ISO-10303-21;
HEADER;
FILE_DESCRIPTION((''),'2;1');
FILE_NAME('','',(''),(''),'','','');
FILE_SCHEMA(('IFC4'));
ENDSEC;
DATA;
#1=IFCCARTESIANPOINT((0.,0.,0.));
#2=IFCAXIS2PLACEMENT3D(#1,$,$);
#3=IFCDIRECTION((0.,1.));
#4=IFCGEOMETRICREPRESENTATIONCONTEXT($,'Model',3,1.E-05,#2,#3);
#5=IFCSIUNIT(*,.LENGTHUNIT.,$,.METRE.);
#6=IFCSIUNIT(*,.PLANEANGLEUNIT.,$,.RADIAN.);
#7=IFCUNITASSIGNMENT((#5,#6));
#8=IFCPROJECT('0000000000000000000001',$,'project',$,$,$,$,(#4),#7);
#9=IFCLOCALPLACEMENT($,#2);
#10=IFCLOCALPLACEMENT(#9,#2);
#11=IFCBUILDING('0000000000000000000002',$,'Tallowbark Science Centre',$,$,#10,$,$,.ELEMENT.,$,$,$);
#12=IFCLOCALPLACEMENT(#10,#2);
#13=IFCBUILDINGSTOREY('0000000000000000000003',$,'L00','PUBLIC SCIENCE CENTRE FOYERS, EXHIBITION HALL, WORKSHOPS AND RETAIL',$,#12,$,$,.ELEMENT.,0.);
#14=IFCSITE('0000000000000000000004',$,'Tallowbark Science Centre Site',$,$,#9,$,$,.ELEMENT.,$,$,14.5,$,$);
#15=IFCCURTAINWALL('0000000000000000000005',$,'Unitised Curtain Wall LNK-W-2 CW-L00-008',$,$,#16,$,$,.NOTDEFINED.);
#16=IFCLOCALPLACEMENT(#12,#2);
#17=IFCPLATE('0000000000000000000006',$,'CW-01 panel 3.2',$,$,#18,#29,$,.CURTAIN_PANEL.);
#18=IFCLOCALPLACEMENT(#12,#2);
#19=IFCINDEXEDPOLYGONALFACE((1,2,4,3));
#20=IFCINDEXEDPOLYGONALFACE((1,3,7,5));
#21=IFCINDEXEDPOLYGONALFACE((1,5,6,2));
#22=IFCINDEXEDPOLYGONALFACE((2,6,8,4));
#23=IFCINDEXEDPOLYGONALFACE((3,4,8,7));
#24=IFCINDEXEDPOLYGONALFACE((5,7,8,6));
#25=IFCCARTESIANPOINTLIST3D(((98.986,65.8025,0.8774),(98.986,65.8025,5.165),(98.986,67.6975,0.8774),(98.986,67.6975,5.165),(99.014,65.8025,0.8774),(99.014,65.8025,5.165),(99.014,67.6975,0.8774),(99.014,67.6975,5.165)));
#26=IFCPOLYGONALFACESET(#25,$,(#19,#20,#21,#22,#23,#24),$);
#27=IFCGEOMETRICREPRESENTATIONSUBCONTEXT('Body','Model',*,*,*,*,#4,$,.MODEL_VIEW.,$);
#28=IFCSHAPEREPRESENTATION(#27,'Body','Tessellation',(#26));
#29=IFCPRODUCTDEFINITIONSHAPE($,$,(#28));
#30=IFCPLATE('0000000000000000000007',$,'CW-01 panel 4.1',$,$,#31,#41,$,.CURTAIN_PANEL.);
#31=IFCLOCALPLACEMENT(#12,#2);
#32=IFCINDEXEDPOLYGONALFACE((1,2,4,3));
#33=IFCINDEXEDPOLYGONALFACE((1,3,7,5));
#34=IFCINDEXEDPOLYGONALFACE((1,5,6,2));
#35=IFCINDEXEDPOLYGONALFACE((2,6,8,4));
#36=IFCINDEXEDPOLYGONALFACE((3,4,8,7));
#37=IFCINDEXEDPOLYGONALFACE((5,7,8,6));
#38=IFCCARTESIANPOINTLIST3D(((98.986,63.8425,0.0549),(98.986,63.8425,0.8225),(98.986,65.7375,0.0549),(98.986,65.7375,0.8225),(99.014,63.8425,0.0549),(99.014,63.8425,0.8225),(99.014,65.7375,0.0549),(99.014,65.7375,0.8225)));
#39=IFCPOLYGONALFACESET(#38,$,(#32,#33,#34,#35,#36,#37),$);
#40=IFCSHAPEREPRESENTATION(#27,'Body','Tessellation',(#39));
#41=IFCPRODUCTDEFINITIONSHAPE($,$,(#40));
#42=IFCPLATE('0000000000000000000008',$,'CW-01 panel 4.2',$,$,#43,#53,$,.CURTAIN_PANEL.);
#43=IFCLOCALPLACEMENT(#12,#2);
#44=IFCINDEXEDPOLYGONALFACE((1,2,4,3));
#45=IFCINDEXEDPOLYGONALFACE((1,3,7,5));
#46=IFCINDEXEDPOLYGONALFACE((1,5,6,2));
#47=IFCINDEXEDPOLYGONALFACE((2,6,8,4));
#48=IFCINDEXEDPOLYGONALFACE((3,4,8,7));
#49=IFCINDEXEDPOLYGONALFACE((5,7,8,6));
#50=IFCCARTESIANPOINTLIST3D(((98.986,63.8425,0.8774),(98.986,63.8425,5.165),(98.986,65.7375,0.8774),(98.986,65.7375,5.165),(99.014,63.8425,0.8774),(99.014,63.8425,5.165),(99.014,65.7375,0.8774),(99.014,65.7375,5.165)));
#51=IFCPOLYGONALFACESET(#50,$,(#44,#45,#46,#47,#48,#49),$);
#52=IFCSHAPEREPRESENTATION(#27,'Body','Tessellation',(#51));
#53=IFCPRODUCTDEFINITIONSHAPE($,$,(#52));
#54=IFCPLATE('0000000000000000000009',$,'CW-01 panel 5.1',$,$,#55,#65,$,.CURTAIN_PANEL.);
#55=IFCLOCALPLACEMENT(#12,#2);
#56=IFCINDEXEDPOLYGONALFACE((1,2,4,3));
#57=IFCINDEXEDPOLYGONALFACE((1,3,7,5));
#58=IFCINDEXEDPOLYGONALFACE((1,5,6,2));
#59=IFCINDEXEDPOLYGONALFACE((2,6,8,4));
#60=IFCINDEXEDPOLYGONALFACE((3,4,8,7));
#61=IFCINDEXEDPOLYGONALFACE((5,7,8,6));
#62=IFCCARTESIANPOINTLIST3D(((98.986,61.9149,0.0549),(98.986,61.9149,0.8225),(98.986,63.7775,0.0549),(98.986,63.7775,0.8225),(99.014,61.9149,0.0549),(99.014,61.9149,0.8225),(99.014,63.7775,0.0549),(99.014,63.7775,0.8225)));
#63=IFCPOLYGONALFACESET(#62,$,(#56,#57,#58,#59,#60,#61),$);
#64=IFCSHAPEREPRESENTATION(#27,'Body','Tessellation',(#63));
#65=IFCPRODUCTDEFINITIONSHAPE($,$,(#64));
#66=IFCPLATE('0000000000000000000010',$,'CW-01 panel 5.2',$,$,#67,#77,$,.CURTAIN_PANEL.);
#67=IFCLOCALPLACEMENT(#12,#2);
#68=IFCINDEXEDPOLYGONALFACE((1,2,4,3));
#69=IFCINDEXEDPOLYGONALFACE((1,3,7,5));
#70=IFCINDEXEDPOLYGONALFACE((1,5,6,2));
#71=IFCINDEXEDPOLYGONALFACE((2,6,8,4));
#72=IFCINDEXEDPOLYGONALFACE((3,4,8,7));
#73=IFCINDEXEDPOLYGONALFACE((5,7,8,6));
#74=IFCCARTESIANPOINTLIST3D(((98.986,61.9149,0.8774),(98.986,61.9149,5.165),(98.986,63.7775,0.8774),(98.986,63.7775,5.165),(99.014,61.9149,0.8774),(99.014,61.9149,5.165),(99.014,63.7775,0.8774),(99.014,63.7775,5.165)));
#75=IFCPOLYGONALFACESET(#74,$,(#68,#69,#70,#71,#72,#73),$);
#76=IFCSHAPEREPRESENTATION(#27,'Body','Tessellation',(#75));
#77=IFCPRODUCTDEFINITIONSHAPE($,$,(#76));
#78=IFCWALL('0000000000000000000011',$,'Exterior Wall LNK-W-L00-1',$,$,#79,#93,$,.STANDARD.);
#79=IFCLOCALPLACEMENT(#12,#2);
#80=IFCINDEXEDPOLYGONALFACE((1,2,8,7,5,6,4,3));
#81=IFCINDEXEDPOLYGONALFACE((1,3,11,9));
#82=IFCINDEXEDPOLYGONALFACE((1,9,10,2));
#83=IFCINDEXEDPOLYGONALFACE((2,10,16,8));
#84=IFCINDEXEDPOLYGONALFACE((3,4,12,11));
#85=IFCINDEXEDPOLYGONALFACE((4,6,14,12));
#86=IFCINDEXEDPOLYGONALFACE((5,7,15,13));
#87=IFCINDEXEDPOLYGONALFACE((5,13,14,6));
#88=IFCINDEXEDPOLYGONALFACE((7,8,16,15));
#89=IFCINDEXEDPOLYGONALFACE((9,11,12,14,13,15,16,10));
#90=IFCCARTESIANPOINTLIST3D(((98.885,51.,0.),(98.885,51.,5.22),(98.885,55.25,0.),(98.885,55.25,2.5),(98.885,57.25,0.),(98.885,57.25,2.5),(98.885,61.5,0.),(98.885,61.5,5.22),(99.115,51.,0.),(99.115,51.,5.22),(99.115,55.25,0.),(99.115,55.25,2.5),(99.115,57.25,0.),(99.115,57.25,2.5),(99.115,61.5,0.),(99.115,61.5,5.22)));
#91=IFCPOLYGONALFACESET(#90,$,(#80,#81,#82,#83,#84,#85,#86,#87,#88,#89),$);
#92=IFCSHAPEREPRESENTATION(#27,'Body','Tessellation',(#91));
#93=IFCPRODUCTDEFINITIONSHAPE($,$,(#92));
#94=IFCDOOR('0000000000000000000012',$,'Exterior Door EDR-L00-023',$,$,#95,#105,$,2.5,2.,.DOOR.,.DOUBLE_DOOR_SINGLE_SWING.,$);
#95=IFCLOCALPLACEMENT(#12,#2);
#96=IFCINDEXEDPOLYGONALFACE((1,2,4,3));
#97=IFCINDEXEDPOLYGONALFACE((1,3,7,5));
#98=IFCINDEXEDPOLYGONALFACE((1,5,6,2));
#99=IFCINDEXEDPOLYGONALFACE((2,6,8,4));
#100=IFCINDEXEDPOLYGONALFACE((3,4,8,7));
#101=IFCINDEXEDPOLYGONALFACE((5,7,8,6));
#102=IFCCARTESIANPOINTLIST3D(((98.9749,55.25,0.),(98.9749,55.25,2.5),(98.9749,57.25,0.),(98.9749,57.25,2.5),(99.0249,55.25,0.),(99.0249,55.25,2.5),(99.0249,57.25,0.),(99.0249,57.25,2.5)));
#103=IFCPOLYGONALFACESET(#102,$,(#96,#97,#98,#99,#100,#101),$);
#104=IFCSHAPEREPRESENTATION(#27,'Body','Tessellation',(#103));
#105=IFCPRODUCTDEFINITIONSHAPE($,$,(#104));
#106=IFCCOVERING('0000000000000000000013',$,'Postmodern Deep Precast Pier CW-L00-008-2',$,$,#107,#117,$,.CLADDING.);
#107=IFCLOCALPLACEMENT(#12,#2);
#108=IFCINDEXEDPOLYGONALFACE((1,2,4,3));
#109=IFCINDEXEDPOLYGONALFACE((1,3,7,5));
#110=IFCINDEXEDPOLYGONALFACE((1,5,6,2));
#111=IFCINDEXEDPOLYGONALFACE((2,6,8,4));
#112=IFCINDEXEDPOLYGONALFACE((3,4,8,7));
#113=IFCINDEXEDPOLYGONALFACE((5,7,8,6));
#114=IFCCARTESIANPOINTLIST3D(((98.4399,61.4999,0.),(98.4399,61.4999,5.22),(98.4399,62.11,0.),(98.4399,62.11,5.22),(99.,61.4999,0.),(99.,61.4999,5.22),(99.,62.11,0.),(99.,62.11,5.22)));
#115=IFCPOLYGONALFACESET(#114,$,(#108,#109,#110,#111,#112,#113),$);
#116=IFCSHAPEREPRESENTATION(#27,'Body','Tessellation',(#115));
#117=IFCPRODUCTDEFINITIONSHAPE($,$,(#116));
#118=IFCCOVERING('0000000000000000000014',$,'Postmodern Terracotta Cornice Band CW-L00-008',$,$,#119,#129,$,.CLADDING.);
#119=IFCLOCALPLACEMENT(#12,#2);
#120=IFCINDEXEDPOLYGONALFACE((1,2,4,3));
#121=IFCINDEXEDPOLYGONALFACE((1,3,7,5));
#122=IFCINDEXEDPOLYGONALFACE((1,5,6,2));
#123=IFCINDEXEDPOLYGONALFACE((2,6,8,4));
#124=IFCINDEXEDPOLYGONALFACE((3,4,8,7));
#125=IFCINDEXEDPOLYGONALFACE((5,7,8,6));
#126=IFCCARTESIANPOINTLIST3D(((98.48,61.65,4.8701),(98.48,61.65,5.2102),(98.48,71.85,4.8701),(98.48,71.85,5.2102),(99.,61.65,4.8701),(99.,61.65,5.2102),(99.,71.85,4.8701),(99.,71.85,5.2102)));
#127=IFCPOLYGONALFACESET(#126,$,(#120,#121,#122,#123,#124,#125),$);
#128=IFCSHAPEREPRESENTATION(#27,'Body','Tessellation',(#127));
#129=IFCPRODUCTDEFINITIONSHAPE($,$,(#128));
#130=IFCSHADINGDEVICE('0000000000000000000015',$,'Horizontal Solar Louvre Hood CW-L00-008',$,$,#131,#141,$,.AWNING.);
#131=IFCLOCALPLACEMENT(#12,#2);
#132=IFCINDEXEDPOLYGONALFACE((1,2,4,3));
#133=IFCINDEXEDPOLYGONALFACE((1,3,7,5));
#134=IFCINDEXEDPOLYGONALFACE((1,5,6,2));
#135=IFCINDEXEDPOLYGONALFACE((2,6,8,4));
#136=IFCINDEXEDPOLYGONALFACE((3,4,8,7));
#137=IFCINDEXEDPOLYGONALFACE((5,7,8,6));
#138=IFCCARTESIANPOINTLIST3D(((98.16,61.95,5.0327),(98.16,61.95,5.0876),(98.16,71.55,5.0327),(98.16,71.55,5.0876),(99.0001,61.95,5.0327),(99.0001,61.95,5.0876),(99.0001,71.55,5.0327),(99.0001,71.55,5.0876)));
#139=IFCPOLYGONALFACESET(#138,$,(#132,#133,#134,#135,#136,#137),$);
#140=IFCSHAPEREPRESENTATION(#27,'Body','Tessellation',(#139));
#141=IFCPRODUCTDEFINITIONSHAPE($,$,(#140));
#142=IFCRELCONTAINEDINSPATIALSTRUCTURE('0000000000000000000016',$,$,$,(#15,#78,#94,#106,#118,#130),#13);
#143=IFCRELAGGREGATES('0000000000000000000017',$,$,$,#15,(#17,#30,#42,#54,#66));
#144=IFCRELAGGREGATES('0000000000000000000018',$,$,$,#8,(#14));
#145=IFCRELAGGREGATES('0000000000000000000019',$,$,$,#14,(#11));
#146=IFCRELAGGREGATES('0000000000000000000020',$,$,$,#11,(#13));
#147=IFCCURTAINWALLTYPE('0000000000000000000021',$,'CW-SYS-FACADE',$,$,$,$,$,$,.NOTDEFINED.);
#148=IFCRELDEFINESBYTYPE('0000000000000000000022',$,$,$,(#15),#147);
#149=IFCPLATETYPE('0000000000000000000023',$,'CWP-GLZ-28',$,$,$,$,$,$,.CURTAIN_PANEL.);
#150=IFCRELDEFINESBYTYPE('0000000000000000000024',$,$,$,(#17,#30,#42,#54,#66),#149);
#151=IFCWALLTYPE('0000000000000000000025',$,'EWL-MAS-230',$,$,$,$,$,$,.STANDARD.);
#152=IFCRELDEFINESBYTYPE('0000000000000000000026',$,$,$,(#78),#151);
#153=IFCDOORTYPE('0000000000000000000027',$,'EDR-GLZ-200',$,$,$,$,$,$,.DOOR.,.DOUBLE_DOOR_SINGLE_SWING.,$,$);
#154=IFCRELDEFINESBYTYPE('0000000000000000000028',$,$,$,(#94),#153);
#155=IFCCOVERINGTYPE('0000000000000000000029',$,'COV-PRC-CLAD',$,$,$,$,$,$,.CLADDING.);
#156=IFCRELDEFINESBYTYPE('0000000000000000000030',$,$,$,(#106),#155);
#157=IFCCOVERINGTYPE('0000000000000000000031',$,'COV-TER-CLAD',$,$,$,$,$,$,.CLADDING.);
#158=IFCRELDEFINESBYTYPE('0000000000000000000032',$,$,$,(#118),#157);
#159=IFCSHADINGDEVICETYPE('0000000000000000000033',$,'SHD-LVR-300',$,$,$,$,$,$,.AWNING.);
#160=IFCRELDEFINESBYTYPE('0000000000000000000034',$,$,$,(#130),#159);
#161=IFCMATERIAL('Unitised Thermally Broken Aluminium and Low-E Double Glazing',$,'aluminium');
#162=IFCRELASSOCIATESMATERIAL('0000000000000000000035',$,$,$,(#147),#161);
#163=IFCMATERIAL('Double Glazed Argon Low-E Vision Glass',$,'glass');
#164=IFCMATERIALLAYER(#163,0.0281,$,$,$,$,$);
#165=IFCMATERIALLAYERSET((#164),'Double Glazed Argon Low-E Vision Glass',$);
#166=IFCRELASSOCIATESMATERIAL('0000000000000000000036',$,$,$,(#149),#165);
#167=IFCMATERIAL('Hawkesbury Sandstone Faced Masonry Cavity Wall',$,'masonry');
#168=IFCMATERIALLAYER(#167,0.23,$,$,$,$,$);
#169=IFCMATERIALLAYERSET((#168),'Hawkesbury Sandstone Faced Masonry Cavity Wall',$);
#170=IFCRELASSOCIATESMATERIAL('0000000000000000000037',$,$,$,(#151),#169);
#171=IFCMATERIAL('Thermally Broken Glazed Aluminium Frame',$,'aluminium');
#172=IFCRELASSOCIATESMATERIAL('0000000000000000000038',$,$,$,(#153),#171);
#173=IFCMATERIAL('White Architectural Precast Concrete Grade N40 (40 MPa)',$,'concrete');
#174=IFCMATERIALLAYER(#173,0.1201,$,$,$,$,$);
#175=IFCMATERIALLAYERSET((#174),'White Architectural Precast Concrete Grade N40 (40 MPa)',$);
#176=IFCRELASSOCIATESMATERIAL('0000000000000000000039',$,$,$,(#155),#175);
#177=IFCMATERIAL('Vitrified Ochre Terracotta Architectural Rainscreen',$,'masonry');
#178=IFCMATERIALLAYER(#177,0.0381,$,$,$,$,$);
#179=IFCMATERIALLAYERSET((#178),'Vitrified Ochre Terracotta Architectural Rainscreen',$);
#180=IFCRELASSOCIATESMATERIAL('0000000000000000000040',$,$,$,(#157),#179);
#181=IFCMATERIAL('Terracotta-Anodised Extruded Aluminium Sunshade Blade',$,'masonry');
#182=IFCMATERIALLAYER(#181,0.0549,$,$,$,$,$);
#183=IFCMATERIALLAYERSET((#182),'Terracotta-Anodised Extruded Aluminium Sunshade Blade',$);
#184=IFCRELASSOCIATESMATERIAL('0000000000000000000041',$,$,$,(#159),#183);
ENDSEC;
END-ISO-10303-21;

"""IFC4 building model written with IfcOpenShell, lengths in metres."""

from ifc_helpers import new_model, si_unit, direction, frame, frame_2d, origin, origin_2d, place, context, subcontext, project, spatial, rectangle, extrude, material, layer, layer_set, type_object, element, fill, aggregate, save


model = new_model("IFC4")

# Units and contexts
model_context = context("Model", 3, precision=1e-05, world=origin(), true_north=direction((0.0, 1.0)))
body_context = subcontext(model_context, "Body", "Model", "MODEL_VIEW")
ifc_project = project(units=[si_unit("LENGTHUNIT", "METRE"), si_unit("PLANEANGLEUNIT", "RADIAN")], contexts=[model_context])

# Site, building, storey
site_placement = place(None, origin())
site = spatial("IfcSite", under=ifc_project, at=site_placement, Name="Tallowbark Science Centre Site", CompositionType="ELEMENT", RefElevation=14.5)
building_placement = place(site_placement, origin())
building = spatial("IfcBuilding", under=site, at=building_placement, Name="Tallowbark Science Centre", CompositionType="ELEMENT")
storey_placement = place(building_placement, origin())
storey = spatial("IfcBuildingStorey", under=building, at=storey_placement, Name="L00", Description="PUBLIC SCIENCE CENTRE FOYERS, EXHIBITION HALL, WORKSHOPS AND RETAIL", CompositionType="ELEMENT", Elevation=0.0)

# Curtain wall, plates
ifc_material_1 = material(Name="Unitised Thermally Broken Aluminium and Low-E Double Glazing", Category="aluminium")
curtain_wall_type = type_object("IfcCurtainWallType", Name="CW-SYS-FACADE", PredefinedType="NOTDEFINED", material=ifc_material_1)
curtain_wall_placement = place(storey_placement, origin())
curtain_wall = element("IfcCurtainWall", 1, at=curtain_wall_placement, inside=storey, type_object=curtain_wall_type, Name="Unitised Curtain Wall LNK-W-2 CW-L00-008", PredefinedType="NOTDEFINED")
ifc_material_2 = material(Name="Double Glazed Argon Low-E Vision Glass", Category="glass")
ifc_layer_1 = layer(ifc_material_2, 0.0281)
ifc_layer_set_1 = layer_set([ifc_layer_1], Name="Double Glazed Argon Low-E Vision Glass")
plate_type = type_object("IfcPlateType", Name="CWP-GLZ-28", PredefinedType="CURTAIN_PANEL", material=ifc_layer_set_1)
plate_1_placement = place(storey_placement, frame((99.0, 66.75, 0.8774), z_axis=(0.0, 0.0, 1.0), x_axis=(0.0, -1.0, 0.0)))
plate_1 = element("IfcPlate", 2, at=plate_1_placement, type_object=plate_type, Name="CW-01 panel 3.2", PredefinedType="CURTAIN_PANEL", context=body_context, shape_type="SweptSolid", body=[
    extrude(rectangle(XDim=1.895, YDim=0.0281, at=origin_2d()), origin(), (0.0, 0.0, 1.0), 4.2876),
])
plate_2_placement = place(storey_placement, frame((99.0, 64.79, 0.0549), z_axis=(0.0, 0.0, 1.0), x_axis=(0.0, -1.0, 0.0)))
plate_2 = element("IfcPlate", 3, at=plate_2_placement, type_object=plate_type, Name="CW-01 panel 4.1", PredefinedType="CURTAIN_PANEL", context=body_context, shape_type="SweptSolid", body=[
    extrude(rectangle(XDim=1.895, YDim=0.0281, at=origin_2d()), origin(), (0.0, 0.0, 1.0), 0.7676),
])
plate_3_placement = place(storey_placement, frame((99.0, 64.79, 0.8774), z_axis=(0.0, 0.0, 1.0), x_axis=(0.0, -1.0, 0.0)))
plate_3 = element("IfcPlate", 4, at=plate_3_placement, type_object=plate_type, Name="CW-01 panel 4.2", PredefinedType="CURTAIN_PANEL", context=body_context, shape_type="SweptSolid", body=[
    extrude(rectangle(XDim=1.895, YDim=0.0281, at=origin_2d()), origin(), (0.0, 0.0, 1.0), 4.2876),
])
plate_4_placement = place(storey_placement, frame((99.0, 62.8462, 0.0549), z_axis=(0.0, 0.0, 1.0), x_axis=(0.0, -1.0, 0.0)))
plate_4 = element("IfcPlate", 5, at=plate_4_placement, type_object=plate_type, Name="CW-01 panel 5.1", PredefinedType="CURTAIN_PANEL", context=body_context, shape_type="SweptSolid", body=[
    extrude(rectangle(XDim=1.8625, YDim=0.0281, at=origin_2d()), origin(), (0.0, 0.0, 1.0), 0.7676),
])
plate_5_placement = place(storey_placement, frame((99.0, 62.8462, 0.8774), z_axis=(0.0, 0.0, 1.0), x_axis=(0.0, -1.0, 0.0)))
plate_5 = element("IfcPlate", 6, at=plate_5_placement, type_object=plate_type, Name="CW-01 panel 5.2", PredefinedType="CURTAIN_PANEL", context=body_context, shape_type="SweptSolid", body=[
    extrude(rectangle(XDim=1.8625, YDim=0.0281, at=origin_2d()), origin(), (0.0, 0.0, 1.0), 4.2876),
])
aggregate(curtain_wall, [plate_1, plate_2, plate_3, plate_4, plate_5])

# Wall, opening, door
ifc_material_3 = material(Name="Hawkesbury Sandstone Faced Masonry Cavity Wall", Category="masonry")
ifc_layer_2 = layer(ifc_material_3, 0.23)
ifc_layer_set_2 = layer_set([ifc_layer_2], Name="Hawkesbury Sandstone Faced Masonry Cavity Wall")
wall_type = type_object("IfcWallType", Name="EWL-MAS-230", PredefinedType="STANDARD", material=ifc_layer_set_2)
wall_placement = place(storey_placement, frame((99.0, 61.5, 0.0), z_axis=(0.0, 0.0, 1.0), x_axis=(0.0, -1.0, 0.0)))
wall = element("IfcWall", 7, at=wall_placement, inside=storey, type_object=wall_type, Name="Exterior Wall LNK-W-L00-1", PredefinedType="STANDARD", context=body_context, shape_type="SweptSolid", body=[
    extrude(rectangle(XDim=10.5, YDim=0.23, at=frame_2d((5.25, 0.0))), origin(), (0.0, 0.0, 1.0), 5.22),
])
opening_placement = place(wall_placement, frame((4.25, 0.0, 0.0)))
opening = element("IfcOpeningElement", 8, at=opening_placement, cuts=wall, PredefinedType="OPENING", context=body_context, shape_type="SweptSolid", body=[
    extrude(rectangle(XDim=2.0, YDim=2.5, at=frame_2d((1.0, 1.25))), frame((0.0, 0.125, 0.0), z_axis=(0.0, -1.0, 0.0), x_axis=(1.0, 0.0, 0.0)), (0.0, 0.0, 1.0), 0.25),
])
ifc_material_4 = material(Name="Thermally Broken Glazed Aluminium Frame", Category="aluminium")
door_type = type_object("IfcDoorType", Name="EDR-GLZ-200", OperationType="DOUBLE_DOOR_SINGLE_SWING", PredefinedType="DOOR", material=ifc_material_4)
door_placement = place(opening_placement, origin())
door = element("IfcDoor", 9, at=door_placement, inside=storey, type_object=door_type, Name="Exterior Door EDR-L00-023", OperationType="DOUBLE_DOOR_SINGLE_SWING", OverallHeight=2.5, OverallWidth=2.0, PredefinedType="DOOR", context=body_context, shape_type="SweptSolid", body=[
    extrude(rectangle(XDim=2.0, YDim=2.5, at=frame_2d((1.0, 1.25))), frame((0.0, 0.0249, 0.0), z_axis=(0.0, -1.0, 0.0), x_axis=(1.0, 0.0, 0.0)), (0.0, 0.0, 1.0), 0.05),
])
fill(opening, door)

# Coverings
ifc_material_5 = material(Name="White Architectural Precast Concrete Grade N40 (40 MPa)", Category="concrete")
ifc_layer_3 = layer(ifc_material_5, 0.1201)
ifc_layer_set_3 = layer_set([ifc_layer_3], Name="White Architectural Precast Concrete Grade N40 (40 MPa)")
covering_type_1 = type_object("IfcCoveringType", Name="COV-PRC-CLAD", PredefinedType="CLADDING", material=ifc_layer_set_3)
covering_1_placement = place(storey_placement, frame((98.72, 61.8049, 0.0), z_axis=(0.0, 0.0, 1.0), x_axis=(0.0, -1.0, 0.0)))
element("IfcCovering", 10, at=covering_1_placement, inside=storey, type_object=covering_type_1, Name="Postmodern Deep Precast Pier CW-L00-008-2", PredefinedType="CLADDING", context=body_context, shape_type="SweptSolid", body=[
    extrude(rectangle(XDim=0.6101, YDim=0.5601, at=origin_2d()), origin(), (0.0, 0.0, 1.0), 5.22),
])
ifc_material_6 = material(Name="Vitrified Ochre Terracotta Architectural Rainscreen", Category="masonry")
ifc_layer_4 = layer(ifc_material_6, 0.0381)
ifc_layer_set_4 = layer_set([ifc_layer_4], Name="Vitrified Ochre Terracotta Architectural Rainscreen")
covering_type_2 = type_object("IfcCoveringType", Name="COV-TER-CLAD", PredefinedType="CLADDING", material=ifc_layer_set_4)
covering_2_placement = place(storey_placement, frame((98.74, 66.75, 4.8701), z_axis=(0.0, 0.0, 1.0), x_axis=(0.0, -1.0, 0.0)))
element("IfcCovering", 11, at=covering_2_placement, inside=storey, type_object=covering_type_2, Name="Postmodern Terracotta Cornice Band CW-L00-008", PredefinedType="CLADDING", context=body_context, shape_type="SweptSolid", body=[
    extrude(rectangle(XDim=10.2, YDim=0.52, at=origin_2d()), origin(), (0.0, 0.0, 1.0), 0.3401),
])

# Shading device
ifc_material_7 = material(Name="Terracotta-Anodised Extruded Aluminium Sunshade Blade", Category="masonry")
ifc_layer_5 = layer(ifc_material_7, 0.0549)
ifc_layer_set_5 = layer_set([ifc_layer_5], Name="Terracotta-Anodised Extruded Aluminium Sunshade Blade")
shading_device_type = type_object("IfcShadingDeviceType", Name="SHD-LVR-300", PredefinedType="AWNING", material=ifc_layer_set_5)
shading_device_placement = place(storey_placement, frame((98.5801, 66.75, 5.0327), z_axis=(0.0, 0.0, 1.0), x_axis=(0.0, -1.0, 0.0)))
element("IfcShadingDevice", 12, at=shading_device_placement, inside=storey, type_object=shading_device_type, Name="Horizontal Solar Louvre Hood CW-L00-008", PredefinedType="AWNING", context=body_context, shape_type="SweptSolid", body=[
    extrude(rectangle(XDim=9.6001, YDim=0.8401, at=origin_2d()), origin(), (0.0, 0.0, 1.0), 0.0549),
])

save(model, "model.ifc")
